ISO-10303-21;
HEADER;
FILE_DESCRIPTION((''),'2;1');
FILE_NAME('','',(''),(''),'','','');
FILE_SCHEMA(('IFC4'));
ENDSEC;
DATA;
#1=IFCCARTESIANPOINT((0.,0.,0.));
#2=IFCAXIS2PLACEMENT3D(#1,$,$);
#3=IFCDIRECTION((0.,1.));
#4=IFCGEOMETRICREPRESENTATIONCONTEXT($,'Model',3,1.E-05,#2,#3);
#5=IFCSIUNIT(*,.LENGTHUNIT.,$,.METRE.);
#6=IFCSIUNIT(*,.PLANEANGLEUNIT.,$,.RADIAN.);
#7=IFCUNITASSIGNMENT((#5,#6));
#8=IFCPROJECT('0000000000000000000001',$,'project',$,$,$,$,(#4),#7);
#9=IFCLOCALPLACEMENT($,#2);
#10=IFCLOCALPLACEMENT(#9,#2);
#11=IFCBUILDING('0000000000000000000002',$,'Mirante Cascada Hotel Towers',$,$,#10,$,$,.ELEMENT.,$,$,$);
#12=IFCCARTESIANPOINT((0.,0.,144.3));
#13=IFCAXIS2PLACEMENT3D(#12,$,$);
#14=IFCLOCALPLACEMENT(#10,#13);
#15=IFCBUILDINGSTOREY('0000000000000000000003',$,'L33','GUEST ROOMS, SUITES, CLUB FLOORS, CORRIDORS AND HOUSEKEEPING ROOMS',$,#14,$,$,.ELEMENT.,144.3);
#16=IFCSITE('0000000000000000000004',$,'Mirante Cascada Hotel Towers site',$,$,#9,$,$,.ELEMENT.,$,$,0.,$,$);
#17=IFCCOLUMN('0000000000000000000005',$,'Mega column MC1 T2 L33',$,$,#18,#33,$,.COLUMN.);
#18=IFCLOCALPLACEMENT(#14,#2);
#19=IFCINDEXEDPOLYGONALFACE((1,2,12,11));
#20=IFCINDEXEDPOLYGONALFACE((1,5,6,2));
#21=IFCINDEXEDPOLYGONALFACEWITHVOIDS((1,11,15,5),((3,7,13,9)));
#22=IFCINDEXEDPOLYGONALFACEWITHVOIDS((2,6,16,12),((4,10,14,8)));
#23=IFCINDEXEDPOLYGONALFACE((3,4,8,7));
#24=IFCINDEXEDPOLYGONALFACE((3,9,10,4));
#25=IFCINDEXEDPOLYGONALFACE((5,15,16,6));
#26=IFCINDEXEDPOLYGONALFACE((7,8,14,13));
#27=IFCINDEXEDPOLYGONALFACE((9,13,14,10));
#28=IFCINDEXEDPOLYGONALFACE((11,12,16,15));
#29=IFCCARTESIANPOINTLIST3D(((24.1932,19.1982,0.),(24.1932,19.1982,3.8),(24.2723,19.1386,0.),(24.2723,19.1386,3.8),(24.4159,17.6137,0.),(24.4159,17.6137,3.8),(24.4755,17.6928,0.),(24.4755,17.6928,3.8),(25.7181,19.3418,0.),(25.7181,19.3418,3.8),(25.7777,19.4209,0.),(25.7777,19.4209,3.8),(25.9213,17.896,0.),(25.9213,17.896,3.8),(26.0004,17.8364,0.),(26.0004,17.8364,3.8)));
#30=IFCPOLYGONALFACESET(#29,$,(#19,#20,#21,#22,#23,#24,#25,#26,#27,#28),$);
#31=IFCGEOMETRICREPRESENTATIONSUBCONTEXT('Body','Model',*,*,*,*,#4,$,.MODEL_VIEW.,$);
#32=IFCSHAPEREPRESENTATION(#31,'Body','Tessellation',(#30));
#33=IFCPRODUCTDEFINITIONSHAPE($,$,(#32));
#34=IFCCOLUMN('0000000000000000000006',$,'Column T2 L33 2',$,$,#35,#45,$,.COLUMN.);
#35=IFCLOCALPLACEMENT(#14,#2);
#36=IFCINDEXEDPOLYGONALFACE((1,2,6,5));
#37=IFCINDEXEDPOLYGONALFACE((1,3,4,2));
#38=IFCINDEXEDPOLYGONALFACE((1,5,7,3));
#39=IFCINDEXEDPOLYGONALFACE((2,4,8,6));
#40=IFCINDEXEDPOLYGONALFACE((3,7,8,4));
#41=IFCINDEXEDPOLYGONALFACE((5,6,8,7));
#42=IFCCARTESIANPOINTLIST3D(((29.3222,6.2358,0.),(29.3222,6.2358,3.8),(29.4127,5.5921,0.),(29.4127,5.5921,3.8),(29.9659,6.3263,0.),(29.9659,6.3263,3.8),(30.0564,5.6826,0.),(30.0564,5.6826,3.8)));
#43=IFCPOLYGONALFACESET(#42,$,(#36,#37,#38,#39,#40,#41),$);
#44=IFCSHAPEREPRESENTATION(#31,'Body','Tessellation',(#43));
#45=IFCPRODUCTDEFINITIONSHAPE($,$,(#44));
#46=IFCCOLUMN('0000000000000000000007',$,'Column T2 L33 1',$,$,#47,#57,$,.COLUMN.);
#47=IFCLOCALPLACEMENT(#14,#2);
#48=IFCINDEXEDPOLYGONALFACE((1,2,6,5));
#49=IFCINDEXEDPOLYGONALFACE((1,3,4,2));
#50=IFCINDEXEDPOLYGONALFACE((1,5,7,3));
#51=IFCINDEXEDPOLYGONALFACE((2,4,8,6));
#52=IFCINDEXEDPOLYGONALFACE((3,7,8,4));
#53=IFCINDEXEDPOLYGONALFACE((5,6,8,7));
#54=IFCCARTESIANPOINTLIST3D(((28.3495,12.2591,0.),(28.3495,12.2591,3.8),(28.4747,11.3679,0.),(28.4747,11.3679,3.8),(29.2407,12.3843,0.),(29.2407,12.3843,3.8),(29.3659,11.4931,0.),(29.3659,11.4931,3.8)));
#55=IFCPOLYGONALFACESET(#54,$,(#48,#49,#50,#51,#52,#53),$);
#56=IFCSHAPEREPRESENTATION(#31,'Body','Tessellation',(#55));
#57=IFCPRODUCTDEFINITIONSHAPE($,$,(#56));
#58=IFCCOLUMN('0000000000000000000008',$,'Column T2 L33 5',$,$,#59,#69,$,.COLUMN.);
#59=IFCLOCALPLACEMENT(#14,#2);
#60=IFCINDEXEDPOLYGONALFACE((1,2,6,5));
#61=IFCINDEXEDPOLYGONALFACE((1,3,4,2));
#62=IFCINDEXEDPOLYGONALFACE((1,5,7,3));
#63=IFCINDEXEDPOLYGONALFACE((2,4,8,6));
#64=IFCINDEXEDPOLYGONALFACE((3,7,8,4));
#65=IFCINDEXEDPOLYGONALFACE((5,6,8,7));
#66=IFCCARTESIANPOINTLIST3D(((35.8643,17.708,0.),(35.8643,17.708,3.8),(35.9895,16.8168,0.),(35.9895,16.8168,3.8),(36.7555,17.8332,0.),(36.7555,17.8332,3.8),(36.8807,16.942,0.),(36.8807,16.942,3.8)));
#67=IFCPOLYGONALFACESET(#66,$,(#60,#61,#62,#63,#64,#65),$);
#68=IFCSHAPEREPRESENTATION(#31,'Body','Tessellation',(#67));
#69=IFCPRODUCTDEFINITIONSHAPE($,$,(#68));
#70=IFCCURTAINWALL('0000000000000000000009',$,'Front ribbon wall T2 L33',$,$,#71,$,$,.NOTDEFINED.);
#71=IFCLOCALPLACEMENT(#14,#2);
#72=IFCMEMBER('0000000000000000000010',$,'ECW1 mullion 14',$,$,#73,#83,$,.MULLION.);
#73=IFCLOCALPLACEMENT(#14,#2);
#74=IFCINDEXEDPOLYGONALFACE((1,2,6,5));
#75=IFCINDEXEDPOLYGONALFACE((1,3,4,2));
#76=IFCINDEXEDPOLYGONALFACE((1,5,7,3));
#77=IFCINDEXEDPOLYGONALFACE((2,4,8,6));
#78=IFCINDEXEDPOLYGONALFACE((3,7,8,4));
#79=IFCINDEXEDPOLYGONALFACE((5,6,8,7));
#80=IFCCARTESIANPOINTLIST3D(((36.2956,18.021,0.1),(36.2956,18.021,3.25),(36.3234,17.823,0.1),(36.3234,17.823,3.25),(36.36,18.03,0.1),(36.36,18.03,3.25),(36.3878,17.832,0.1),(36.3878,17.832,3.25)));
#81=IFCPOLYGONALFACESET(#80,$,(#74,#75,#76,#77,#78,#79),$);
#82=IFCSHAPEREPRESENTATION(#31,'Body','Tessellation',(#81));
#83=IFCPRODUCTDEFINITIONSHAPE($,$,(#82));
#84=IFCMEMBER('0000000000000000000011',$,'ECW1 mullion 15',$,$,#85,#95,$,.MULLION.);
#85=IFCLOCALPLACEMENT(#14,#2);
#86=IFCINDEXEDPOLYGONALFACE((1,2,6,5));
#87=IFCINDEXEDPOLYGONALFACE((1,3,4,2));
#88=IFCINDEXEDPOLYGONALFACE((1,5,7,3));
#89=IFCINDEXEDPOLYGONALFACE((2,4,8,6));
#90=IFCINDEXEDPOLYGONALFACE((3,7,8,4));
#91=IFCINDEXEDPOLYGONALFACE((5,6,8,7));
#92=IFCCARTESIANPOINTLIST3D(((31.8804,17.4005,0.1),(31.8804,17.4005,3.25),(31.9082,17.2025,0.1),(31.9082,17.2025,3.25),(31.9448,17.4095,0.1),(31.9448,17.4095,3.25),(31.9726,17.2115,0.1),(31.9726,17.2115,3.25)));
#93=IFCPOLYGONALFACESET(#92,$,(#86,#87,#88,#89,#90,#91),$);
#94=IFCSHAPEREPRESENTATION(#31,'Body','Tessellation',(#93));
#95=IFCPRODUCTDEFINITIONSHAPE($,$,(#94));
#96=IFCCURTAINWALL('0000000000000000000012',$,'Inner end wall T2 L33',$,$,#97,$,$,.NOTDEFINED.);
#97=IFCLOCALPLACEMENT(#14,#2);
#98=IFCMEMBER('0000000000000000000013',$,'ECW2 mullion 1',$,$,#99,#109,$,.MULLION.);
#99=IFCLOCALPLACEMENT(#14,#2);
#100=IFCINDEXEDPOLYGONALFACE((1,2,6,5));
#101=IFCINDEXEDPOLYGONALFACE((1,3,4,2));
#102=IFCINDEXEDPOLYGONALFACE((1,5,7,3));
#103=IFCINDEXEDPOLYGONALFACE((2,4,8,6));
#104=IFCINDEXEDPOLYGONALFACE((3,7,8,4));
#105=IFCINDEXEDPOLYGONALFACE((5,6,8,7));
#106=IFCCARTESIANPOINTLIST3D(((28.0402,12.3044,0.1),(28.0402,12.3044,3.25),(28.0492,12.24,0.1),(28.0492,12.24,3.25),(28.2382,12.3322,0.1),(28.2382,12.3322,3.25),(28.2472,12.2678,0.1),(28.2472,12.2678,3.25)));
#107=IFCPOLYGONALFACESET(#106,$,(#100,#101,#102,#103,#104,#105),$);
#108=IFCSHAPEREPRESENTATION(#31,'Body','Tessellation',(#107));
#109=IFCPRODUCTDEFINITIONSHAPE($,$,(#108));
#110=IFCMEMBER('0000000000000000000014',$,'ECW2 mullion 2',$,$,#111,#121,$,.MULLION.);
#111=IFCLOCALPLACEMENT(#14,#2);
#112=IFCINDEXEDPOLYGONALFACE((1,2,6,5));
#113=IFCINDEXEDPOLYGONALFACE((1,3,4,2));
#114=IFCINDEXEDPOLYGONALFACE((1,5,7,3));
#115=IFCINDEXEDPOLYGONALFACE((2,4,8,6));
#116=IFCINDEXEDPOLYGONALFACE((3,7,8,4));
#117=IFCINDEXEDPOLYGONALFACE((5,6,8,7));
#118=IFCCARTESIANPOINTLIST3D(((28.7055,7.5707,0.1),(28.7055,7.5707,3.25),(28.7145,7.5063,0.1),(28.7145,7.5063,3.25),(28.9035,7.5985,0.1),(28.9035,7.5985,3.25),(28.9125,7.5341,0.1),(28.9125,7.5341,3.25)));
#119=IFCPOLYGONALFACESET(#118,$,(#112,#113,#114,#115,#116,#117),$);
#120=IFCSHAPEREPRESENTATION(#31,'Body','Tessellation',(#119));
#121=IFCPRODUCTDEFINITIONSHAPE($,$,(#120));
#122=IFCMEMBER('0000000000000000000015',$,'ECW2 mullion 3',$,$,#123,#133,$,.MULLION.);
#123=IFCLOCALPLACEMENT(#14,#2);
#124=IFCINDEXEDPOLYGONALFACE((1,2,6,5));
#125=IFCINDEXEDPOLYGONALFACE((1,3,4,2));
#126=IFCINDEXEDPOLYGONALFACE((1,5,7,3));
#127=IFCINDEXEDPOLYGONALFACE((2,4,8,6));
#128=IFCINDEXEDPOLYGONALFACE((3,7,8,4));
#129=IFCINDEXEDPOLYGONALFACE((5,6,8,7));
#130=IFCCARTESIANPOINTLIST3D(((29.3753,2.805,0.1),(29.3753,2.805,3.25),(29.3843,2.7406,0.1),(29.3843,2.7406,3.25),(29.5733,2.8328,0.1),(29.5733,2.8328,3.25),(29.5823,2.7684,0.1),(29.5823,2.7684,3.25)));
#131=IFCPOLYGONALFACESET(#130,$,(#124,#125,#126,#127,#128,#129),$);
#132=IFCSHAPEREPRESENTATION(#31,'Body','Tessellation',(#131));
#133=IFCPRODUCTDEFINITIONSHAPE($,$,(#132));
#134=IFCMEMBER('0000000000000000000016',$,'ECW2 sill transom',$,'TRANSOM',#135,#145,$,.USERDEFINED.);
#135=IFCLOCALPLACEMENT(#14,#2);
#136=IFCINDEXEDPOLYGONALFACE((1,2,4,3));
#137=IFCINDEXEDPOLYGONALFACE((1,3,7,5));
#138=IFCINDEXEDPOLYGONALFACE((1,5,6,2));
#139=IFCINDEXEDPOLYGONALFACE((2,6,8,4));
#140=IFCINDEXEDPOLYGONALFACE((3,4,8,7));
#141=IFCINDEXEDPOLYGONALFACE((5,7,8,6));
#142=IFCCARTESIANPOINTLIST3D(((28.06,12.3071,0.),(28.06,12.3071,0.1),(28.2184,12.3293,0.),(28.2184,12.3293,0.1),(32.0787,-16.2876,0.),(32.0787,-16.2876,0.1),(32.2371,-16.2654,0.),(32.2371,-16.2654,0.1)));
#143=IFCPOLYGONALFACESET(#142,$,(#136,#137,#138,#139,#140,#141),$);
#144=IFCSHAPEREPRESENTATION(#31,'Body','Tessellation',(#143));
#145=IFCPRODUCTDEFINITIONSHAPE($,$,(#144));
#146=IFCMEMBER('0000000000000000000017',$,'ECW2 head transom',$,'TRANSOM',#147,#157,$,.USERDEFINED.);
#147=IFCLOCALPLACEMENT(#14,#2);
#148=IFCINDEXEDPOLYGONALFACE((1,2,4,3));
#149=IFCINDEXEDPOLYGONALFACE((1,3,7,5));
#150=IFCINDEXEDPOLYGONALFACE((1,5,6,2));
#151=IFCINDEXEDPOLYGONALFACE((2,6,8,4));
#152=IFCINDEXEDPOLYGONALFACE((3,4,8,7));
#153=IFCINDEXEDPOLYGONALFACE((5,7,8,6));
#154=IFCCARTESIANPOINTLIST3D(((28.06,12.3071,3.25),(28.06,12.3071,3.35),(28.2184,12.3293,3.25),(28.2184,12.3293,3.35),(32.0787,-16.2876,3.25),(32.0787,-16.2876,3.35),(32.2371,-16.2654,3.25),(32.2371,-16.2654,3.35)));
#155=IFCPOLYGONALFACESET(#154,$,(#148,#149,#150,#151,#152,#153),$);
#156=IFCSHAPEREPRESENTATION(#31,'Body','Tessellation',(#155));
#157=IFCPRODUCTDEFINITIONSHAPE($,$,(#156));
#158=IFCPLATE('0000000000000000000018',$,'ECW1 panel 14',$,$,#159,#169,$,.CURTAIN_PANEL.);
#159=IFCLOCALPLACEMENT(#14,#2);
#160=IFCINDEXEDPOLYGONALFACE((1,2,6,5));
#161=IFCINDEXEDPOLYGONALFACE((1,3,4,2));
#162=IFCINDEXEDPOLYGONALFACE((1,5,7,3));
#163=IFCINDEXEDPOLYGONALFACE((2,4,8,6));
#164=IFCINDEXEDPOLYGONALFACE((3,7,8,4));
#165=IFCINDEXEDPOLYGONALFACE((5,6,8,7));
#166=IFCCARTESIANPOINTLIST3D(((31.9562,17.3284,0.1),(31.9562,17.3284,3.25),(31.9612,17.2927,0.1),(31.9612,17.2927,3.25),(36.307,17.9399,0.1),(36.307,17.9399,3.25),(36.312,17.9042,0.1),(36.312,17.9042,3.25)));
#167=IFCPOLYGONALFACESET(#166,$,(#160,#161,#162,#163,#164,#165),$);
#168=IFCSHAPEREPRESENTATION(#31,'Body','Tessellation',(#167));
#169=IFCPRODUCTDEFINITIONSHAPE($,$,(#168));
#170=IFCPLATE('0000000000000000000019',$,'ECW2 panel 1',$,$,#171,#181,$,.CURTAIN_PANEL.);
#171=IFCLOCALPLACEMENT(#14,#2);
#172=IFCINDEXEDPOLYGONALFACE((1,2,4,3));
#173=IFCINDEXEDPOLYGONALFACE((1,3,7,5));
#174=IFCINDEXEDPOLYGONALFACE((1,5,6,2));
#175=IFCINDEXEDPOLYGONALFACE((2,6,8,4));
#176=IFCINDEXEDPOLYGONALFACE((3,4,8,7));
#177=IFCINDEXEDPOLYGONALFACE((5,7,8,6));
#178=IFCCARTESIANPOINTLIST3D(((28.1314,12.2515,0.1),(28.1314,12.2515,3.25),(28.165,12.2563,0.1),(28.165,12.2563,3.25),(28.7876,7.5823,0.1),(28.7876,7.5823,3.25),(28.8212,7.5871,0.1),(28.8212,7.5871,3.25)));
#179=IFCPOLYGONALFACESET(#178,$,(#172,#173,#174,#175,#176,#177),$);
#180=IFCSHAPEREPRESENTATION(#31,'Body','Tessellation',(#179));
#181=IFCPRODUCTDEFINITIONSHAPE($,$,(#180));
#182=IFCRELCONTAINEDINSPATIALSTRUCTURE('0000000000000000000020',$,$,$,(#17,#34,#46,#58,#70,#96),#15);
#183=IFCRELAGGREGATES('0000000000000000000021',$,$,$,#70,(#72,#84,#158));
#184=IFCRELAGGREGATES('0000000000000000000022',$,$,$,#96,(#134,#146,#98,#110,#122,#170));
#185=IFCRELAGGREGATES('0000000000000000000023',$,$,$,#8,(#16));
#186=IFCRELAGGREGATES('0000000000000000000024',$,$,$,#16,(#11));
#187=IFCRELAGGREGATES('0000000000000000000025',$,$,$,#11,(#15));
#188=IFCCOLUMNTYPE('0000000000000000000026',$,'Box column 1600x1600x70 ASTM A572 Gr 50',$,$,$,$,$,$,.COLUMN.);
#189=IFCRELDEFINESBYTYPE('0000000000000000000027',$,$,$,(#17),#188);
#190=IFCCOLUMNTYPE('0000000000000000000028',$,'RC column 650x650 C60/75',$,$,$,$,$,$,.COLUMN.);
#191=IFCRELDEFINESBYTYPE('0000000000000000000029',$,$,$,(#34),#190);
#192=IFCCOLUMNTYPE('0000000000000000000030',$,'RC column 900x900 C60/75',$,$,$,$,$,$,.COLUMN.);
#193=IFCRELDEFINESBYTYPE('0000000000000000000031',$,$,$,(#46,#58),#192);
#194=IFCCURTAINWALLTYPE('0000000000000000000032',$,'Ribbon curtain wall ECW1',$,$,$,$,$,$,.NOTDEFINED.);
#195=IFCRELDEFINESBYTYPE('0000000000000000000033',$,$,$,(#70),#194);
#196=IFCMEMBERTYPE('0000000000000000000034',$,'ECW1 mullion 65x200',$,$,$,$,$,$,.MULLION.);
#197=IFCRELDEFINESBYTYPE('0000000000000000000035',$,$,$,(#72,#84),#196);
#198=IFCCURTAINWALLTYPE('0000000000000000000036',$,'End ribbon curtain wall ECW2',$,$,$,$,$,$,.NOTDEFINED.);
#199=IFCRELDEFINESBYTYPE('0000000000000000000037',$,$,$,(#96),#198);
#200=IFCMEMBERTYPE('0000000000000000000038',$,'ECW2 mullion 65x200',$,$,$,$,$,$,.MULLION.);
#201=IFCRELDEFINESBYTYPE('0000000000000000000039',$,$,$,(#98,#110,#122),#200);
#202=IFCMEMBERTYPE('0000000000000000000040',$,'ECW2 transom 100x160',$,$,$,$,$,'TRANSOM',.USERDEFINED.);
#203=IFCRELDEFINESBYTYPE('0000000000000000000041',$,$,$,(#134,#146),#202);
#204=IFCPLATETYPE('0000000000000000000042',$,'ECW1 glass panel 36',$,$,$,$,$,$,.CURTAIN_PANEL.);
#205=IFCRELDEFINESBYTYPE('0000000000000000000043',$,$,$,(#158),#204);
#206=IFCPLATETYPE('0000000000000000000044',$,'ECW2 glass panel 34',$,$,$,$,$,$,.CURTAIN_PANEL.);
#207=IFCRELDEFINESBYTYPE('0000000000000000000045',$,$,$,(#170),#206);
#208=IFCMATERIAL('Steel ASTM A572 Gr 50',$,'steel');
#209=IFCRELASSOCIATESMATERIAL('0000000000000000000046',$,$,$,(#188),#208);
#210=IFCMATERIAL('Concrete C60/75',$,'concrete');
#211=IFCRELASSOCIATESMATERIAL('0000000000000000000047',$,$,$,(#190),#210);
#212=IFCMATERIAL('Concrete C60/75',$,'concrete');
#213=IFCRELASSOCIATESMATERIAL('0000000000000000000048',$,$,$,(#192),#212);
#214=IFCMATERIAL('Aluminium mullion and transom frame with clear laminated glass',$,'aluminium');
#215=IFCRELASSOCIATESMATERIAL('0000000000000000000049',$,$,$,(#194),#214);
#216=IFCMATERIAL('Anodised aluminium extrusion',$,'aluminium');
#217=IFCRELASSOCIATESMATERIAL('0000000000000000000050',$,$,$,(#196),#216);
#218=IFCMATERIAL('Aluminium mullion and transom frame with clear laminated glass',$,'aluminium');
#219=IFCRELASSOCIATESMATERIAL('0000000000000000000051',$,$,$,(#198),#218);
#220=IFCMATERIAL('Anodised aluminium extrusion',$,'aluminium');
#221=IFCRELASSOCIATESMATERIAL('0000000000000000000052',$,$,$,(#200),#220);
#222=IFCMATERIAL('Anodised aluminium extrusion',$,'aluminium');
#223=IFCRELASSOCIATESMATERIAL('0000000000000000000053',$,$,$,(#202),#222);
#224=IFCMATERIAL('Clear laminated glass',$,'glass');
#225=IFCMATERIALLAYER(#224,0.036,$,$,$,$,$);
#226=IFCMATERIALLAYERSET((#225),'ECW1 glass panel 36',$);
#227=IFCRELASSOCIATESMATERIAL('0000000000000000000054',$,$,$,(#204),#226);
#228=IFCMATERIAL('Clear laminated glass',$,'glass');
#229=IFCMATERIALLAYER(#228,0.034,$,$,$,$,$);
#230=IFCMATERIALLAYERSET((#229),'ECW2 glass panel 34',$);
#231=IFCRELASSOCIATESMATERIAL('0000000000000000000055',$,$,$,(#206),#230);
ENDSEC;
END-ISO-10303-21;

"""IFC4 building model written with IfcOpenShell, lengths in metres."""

from ifc_helpers import new_model, si_unit, direction, frame, origin, origin_2d, place, context, subcontext, project, spatial, rectangle, hollow_rectangle, extrude, material, layer, layer_set, material_profile, profile_set, type_object, element, aggregate, save


model = new_model("IFC4")

# Units and contexts
model_context = context("Model", 3, precision=1e-05, world=origin(), true_north=direction((0.0, 1.0)))
body_context = subcontext(model_context, "Body", "Model", "MODEL_VIEW")
ifc_project = project(units=[si_unit("LENGTHUNIT", "METRE"), si_unit("PLANEANGLEUNIT", "RADIAN")], contexts=[model_context])

# Site, building, storey
site_placement = place(None, origin())
site = spatial("IfcSite", under=ifc_project, at=site_placement, Name="Mirante Cascada Hotel Towers site", CompositionType="ELEMENT", RefElevation=0.0)
building_placement = place(site_placement, origin())
building = spatial("IfcBuilding", under=site, at=building_placement, Name="Mirante Cascada Hotel Towers", CompositionType="ELEMENT")
storey_placement = place(building_placement, frame((0.0, 0.0, 144.3)))
storey = spatial("IfcBuildingStorey", under=building, at=storey_placement, Name="L33", Description="GUEST ROOMS, SUITES, CLUB FLOORS, CORRIDORS AND HOUSEKEEPING ROOMS", CompositionType="ELEMENT", Elevation=144.3)

# Columns
ifc_material_1 = material(Name="Steel ASTM A572 Gr 50", Category="steel")
ifc_material_profile_1 = material_profile(ifc_material_1, hollow_rectangle(XDim=1.6, YDim=1.6, WallThickness=0.07, at=origin_2d()), Name="Box column 1600x1600x70 ASTM A572 Gr 50")
ifc_profile_set_1 = profile_set([ifc_material_profile_1], Name="Steel ASTM A572 Gr 50")
column_type_1 = type_object("IfcColumnType", Name="Box column 1600x1600x70 ASTM A572 Gr 50", PredefinedType="COLUMN", material=ifc_profile_set_1)
column_1_placement = place(storey_placement, frame((25.0968, 18.5173, 0.0), z_axis=(0.0, 0.0, 1.0), x_axis=(0.990268, 0.139173, 0.0)))
element("IfcColumn", 1, at=column_1_placement, inside=storey, type_object=column_type_1, Name="Mega column MC1 T2 L33", PredefinedType="COLUMN", context=body_context, shape_type="SweptSolid", body=[
    extrude(hollow_rectangle(XDim=1.6, YDim=1.6, WallThickness=0.07, at=origin_2d()), origin(), (0.0, 0.0, 1.0), 3.8),
])
ifc_material_2 = material(Name="Concrete C60/75", Category="concrete")
ifc_material_profile_2 = material_profile(ifc_material_2, rectangle(XDim=0.65, YDim=0.65, at=origin_2d()), Name="RC column 650x650 C60/75")
ifc_profile_set_2 = profile_set([ifc_material_profile_2], Name="Concrete C60/75")
column_type_2 = type_object("IfcColumnType", Name="RC column 650x650 C60/75", PredefinedType="COLUMN", material=ifc_profile_set_2)
column_2_placement = place(storey_placement, frame((29.6893, 5.9592, 0.0), z_axis=(0.0, 0.0, 1.0), x_axis=(0.990268, 0.139173, 0.0)))
element("IfcColumn", 2, at=column_2_placement, inside=storey, type_object=column_type_2, Name="Column T2 L33 2", PredefinedType="COLUMN", context=body_context, shape_type="SweptSolid", body=[
    extrude(rectangle(XDim=0.65, YDim=0.65, at=origin_2d()), origin(), (0.0, 0.0, 1.0), 3.8),
])
ifc_material_3 = material(Name="Concrete C60/75", Category="concrete")
ifc_material_profile_3 = material_profile(ifc_material_3, rectangle(XDim=0.9, YDim=0.9, at=origin_2d()), Name="RC column 900x900 C60/75")
ifc_profile_set_3 = profile_set([ifc_material_profile_3], Name="Concrete C60/75")
column_type_3 = type_object("IfcColumnType", Name="RC column 900x900 C60/75", PredefinedType="COLUMN", material=ifc_profile_set_3)
for number, where, z_axis, x_axis, name in (
    (3, (28.8577, 11.8761, 0.0), (0.0, 0.0, 1.0), (0.990268, 0.139173, 0.0), "Column T2 L33 1"),
    (4, (36.3725, 17.325, 0.0), (0.0, 0.0, 1.0), (0.990268, 0.139173, 0.0), "Column T2 L33 5"),
):
    element("IfcColumn", number, at=place(storey_placement, frame(where, z_axis=z_axis, x_axis=x_axis)), inside=storey, type_object=column_type_3, Name=name, PredefinedType="COLUMN", context=body_context, shape_type="SweptSolid", body=[
        extrude(rectangle(XDim=0.9, YDim=0.9, at=origin_2d()), origin(), (0.0, 0.0, 1.0), 3.8),
    ])

# Curtain walls, members
ifc_material_4 = material(Name="Aluminium mullion and transom frame with clear laminated glass", Category="aluminium")
curtain_wall_type_1 = type_object("IfcCurtainWallType", Name="Ribbon curtain wall ECW1", PredefinedType="NOTDEFINED", material=ifc_material_4)
curtain_wall_1_placement = place(storey_placement, origin())
curtain_wall_1 = element("IfcCurtainWall", 5, at=curtain_wall_1_placement, inside=storey, type_object=curtain_wall_type_1, Name="Front ribbon wall T2 L33", PredefinedType="NOTDEFINED")
ifc_material_5 = material(Name="Anodised aluminium extrusion", Category="aluminium")
ifc_material_profile_4 = material_profile(ifc_material_5, rectangle(XDim=0.2, YDim=0.065, at=origin_2d()), Name="ECW1 MULLION 65x200")
ifc_profile_set_4 = profile_set([ifc_material_profile_4], Name="Anodised aluminium extrusion")
member_type_1 = type_object("IfcMemberType", Name="ECW1 mullion 65x200", PredefinedType="MULLION", material=ifc_profile_set_4)
member_1_placement = place(storey_placement, frame((36.3417, 17.9265, 0.1), z_axis=(0.0, 0.0, 1.0), x_axis=(0.139173, -0.990268, 0.0)))
member_1 = element("IfcMember", 6, at=member_1_placement, type_object=member_type_1, Name="ECW1 mullion 14", PredefinedType="MULLION", context=body_context, shape_type="SweptSolid", body=[
    extrude(rectangle(XDim=0.2, YDim=0.065, at=origin_2d()), origin(), (0.0, 0.0, 1.0), 3.15),
])
member_2_placement = place(storey_placement, frame((31.9265, 17.306, 0.1), z_axis=(0.0, 0.0, 1.0), x_axis=(0.139173, -0.990268, 0.0)))
member_2 = element("IfcMember", 7, at=member_2_placement, type_object=member_type_1, Name="ECW1 mullion 15", PredefinedType="MULLION", context=body_context, shape_type="SweptSolid", body=[
    extrude(rectangle(XDim=0.2, YDim=0.065, at=origin_2d()), origin(), (0.0, 0.0, 1.0), 3.15),
])
ifc_material_6 = material(Name="Aluminium mullion and transom frame with clear laminated glass", Category="aluminium")
curtain_wall_type_2 = type_object("IfcCurtainWallType", Name="End ribbon curtain wall ECW2", PredefinedType="NOTDEFINED", material=ifc_material_6)
curtain_wall_2_placement = place(storey_placement, origin())
curtain_wall_2 = element("IfcCurtainWall", 8, at=curtain_wall_2_placement, inside=storey, type_object=curtain_wall_type_2, Name="Inner end wall T2 L33", PredefinedType="NOTDEFINED")
ifc_material_7 = material(Name="Anodised aluminium extrusion", Category="aluminium")
ifc_material_profile_5 = material_profile(ifc_material_7, rectangle(XDim=0.2, YDim=0.065, at=origin_2d()), Name="ECW2 MULLION 65x200")
ifc_profile_set_5 = profile_set([ifc_material_profile_5], Name="Anodised aluminium extrusion")
member_type_2 = type_object("IfcMemberType", Name="ECW2 mullion 65x200", PredefinedType="MULLION", material=ifc_profile_set_5)
member_3_placement = place(storey_placement, frame((28.1437, 12.2861, 0.1), z_axis=(0.0, 0.0, 1.0), x_axis=(0.990268, 0.139173, 0.0)))
member_3 = element("IfcMember", 9, at=member_3_placement, type_object=member_type_2, Name="ECW2 mullion 1", PredefinedType="MULLION", context=body_context, shape_type="SweptSolid", body=[
    extrude(rectangle(XDim=0.2, YDim=0.065, at=origin_2d()), origin(), (0.0, 0.0, 1.0), 3.15),
])
member_4_placement = place(storey_placement, frame((28.809, 7.5524, 0.1), z_axis=(0.0, 0.0, 1.0), x_axis=(0.990268, 0.139173, 0.0)))
member_4 = element("IfcMember", 10, at=member_4_placement, type_object=member_type_2, Name="ECW2 mullion 2", PredefinedType="MULLION", context=body_context, shape_type="SweptSolid", body=[
    extrude(rectangle(XDim=0.2, YDim=0.065, at=origin_2d()), origin(), (0.0, 0.0, 1.0), 3.15),
])
member_5_placement = place(storey_placement, frame((29.4788, 2.7867, 0.1), z_axis=(0.0, 0.0, 1.0), x_axis=(0.990268, 0.139173, 0.0)))
member_5 = element("IfcMember", 11, at=member_5_placement, type_object=member_type_2, Name="ECW2 mullion 3", PredefinedType="MULLION", context=body_context, shape_type="SweptSolid", body=[
    extrude(rectangle(XDim=0.2, YDim=0.065, at=origin_2d()), origin(), (0.0, 0.0, 1.0), 3.15),
])
ifc_material_8 = material(Name="Anodised aluminium extrusion", Category="aluminium")
ifc_material_profile_6 = material_profile(ifc_material_8, rectangle(XDim=0.16, YDim=0.1, at=origin_2d()), Name="ECW2 TRANSOM 100x160")
ifc_profile_set_6 = profile_set([ifc_material_profile_6], Name="Anodised aluminium extrusion")
member_type_3 = type_object("IfcMemberType", Name="ECW2 transom 100x160", ElementType="TRANSOM", PredefinedType="USERDEFINED", material=ifc_profile_set_6)
member_6_placement = place(storey_placement, frame((28.1392, 12.3182, 0.05), z_axis=(0.139172, -0.990268, 0.0), x_axis=(0.990268, 0.139172, 0.0)))
member_6 = element("IfcMember", 12, at=member_6_placement, type_object=member_type_3, Name="ECW2 sill transom", ObjectType="TRANSOM", PredefinedType="USERDEFINED", context=body_context, shape_type="SweptSolid", body=[
    extrude(rectangle(XDim=0.16, YDim=0.1, at=origin_2d()), origin(), (0.0, 0.0, 1.0), 28.8757),
])
member_7_placement = place(storey_placement, frame((28.1392, 12.3182, 3.3), z_axis=(0.139172, -0.990268, 0.0), x_axis=(0.990268, 0.139172, 0.0)))
member_7 = element("IfcMember", 13, at=member_7_placement, type_object=member_type_3, Name="ECW2 head transom", ObjectType="TRANSOM", PredefinedType="USERDEFINED", context=body_context, shape_type="SweptSolid", body=[
    extrude(rectangle(XDim=0.16, YDim=0.1, at=origin_2d()), origin(), (0.0, 0.0, 1.0), 28.8757),
])

# Plates
ifc_material_9 = material(Name="Clear laminated glass", Category="glass")
ifc_layer_1 = layer(ifc_material_9, 0.036)
ifc_layer_set_1 = layer_set([ifc_layer_1], Name="ECW1 glass panel 36")
plate_type_1 = type_object("IfcPlateType", Name="ECW1 glass panel 36", PredefinedType="CURTAIN_PANEL", material=ifc_layer_set_1)
plate_1_placement = place(storey_placement, frame((34.1341, 17.6163, 0.1), z_axis=(0.0, 0.0, 1.0), x_axis=(-0.990268, -0.139173, 0.0)))
plate_1 = element("IfcPlate", 14, at=plate_1_placement, type_object=plate_type_1, Name="ECW1 panel 14", PredefinedType="CURTAIN_PANEL", context=body_context, shape_type="SweptSolid", body=[
    extrude(rectangle(XDim=4.3936, YDim=0.036, at=origin_2d()), origin(), (0.0, 0.0, 1.0), 3.15),
])
aggregate(curtain_wall_1, [member_1, member_2, plate_1])
ifc_material_10 = material(Name="Clear laminated glass", Category="glass")
ifc_layer_2 = layer(ifc_material_10, 0.034)
ifc_layer_set_2 = layer_set([ifc_layer_2], Name="ECW2 glass panel 34")
plate_type_2 = type_object("IfcPlateType", Name="ECW2 glass panel 34", PredefinedType="CURTAIN_PANEL", material=ifc_layer_set_2)
plate_2_placement = place(storey_placement, frame((28.4763, 9.9193, 0.1), z_axis=(0.0, 0.0, 1.0), x_axis=(0.139173, -0.990268, 0.0)))
plate_2 = element("IfcPlate", 15, at=plate_2_placement, type_object=plate_type_2, Name="ECW2 panel 1", PredefinedType="CURTAIN_PANEL", context=body_context, shape_type="SweptSolid", body=[
    extrude(rectangle(XDim=4.7151, YDim=0.034, at=origin_2d()), origin(), (0.0, 0.0, 1.0), 3.15),
])
aggregate(curtain_wall_2, [member_6, member_7, member_3, member_4, member_5, plate_2])

save(model, "model.ifc")
